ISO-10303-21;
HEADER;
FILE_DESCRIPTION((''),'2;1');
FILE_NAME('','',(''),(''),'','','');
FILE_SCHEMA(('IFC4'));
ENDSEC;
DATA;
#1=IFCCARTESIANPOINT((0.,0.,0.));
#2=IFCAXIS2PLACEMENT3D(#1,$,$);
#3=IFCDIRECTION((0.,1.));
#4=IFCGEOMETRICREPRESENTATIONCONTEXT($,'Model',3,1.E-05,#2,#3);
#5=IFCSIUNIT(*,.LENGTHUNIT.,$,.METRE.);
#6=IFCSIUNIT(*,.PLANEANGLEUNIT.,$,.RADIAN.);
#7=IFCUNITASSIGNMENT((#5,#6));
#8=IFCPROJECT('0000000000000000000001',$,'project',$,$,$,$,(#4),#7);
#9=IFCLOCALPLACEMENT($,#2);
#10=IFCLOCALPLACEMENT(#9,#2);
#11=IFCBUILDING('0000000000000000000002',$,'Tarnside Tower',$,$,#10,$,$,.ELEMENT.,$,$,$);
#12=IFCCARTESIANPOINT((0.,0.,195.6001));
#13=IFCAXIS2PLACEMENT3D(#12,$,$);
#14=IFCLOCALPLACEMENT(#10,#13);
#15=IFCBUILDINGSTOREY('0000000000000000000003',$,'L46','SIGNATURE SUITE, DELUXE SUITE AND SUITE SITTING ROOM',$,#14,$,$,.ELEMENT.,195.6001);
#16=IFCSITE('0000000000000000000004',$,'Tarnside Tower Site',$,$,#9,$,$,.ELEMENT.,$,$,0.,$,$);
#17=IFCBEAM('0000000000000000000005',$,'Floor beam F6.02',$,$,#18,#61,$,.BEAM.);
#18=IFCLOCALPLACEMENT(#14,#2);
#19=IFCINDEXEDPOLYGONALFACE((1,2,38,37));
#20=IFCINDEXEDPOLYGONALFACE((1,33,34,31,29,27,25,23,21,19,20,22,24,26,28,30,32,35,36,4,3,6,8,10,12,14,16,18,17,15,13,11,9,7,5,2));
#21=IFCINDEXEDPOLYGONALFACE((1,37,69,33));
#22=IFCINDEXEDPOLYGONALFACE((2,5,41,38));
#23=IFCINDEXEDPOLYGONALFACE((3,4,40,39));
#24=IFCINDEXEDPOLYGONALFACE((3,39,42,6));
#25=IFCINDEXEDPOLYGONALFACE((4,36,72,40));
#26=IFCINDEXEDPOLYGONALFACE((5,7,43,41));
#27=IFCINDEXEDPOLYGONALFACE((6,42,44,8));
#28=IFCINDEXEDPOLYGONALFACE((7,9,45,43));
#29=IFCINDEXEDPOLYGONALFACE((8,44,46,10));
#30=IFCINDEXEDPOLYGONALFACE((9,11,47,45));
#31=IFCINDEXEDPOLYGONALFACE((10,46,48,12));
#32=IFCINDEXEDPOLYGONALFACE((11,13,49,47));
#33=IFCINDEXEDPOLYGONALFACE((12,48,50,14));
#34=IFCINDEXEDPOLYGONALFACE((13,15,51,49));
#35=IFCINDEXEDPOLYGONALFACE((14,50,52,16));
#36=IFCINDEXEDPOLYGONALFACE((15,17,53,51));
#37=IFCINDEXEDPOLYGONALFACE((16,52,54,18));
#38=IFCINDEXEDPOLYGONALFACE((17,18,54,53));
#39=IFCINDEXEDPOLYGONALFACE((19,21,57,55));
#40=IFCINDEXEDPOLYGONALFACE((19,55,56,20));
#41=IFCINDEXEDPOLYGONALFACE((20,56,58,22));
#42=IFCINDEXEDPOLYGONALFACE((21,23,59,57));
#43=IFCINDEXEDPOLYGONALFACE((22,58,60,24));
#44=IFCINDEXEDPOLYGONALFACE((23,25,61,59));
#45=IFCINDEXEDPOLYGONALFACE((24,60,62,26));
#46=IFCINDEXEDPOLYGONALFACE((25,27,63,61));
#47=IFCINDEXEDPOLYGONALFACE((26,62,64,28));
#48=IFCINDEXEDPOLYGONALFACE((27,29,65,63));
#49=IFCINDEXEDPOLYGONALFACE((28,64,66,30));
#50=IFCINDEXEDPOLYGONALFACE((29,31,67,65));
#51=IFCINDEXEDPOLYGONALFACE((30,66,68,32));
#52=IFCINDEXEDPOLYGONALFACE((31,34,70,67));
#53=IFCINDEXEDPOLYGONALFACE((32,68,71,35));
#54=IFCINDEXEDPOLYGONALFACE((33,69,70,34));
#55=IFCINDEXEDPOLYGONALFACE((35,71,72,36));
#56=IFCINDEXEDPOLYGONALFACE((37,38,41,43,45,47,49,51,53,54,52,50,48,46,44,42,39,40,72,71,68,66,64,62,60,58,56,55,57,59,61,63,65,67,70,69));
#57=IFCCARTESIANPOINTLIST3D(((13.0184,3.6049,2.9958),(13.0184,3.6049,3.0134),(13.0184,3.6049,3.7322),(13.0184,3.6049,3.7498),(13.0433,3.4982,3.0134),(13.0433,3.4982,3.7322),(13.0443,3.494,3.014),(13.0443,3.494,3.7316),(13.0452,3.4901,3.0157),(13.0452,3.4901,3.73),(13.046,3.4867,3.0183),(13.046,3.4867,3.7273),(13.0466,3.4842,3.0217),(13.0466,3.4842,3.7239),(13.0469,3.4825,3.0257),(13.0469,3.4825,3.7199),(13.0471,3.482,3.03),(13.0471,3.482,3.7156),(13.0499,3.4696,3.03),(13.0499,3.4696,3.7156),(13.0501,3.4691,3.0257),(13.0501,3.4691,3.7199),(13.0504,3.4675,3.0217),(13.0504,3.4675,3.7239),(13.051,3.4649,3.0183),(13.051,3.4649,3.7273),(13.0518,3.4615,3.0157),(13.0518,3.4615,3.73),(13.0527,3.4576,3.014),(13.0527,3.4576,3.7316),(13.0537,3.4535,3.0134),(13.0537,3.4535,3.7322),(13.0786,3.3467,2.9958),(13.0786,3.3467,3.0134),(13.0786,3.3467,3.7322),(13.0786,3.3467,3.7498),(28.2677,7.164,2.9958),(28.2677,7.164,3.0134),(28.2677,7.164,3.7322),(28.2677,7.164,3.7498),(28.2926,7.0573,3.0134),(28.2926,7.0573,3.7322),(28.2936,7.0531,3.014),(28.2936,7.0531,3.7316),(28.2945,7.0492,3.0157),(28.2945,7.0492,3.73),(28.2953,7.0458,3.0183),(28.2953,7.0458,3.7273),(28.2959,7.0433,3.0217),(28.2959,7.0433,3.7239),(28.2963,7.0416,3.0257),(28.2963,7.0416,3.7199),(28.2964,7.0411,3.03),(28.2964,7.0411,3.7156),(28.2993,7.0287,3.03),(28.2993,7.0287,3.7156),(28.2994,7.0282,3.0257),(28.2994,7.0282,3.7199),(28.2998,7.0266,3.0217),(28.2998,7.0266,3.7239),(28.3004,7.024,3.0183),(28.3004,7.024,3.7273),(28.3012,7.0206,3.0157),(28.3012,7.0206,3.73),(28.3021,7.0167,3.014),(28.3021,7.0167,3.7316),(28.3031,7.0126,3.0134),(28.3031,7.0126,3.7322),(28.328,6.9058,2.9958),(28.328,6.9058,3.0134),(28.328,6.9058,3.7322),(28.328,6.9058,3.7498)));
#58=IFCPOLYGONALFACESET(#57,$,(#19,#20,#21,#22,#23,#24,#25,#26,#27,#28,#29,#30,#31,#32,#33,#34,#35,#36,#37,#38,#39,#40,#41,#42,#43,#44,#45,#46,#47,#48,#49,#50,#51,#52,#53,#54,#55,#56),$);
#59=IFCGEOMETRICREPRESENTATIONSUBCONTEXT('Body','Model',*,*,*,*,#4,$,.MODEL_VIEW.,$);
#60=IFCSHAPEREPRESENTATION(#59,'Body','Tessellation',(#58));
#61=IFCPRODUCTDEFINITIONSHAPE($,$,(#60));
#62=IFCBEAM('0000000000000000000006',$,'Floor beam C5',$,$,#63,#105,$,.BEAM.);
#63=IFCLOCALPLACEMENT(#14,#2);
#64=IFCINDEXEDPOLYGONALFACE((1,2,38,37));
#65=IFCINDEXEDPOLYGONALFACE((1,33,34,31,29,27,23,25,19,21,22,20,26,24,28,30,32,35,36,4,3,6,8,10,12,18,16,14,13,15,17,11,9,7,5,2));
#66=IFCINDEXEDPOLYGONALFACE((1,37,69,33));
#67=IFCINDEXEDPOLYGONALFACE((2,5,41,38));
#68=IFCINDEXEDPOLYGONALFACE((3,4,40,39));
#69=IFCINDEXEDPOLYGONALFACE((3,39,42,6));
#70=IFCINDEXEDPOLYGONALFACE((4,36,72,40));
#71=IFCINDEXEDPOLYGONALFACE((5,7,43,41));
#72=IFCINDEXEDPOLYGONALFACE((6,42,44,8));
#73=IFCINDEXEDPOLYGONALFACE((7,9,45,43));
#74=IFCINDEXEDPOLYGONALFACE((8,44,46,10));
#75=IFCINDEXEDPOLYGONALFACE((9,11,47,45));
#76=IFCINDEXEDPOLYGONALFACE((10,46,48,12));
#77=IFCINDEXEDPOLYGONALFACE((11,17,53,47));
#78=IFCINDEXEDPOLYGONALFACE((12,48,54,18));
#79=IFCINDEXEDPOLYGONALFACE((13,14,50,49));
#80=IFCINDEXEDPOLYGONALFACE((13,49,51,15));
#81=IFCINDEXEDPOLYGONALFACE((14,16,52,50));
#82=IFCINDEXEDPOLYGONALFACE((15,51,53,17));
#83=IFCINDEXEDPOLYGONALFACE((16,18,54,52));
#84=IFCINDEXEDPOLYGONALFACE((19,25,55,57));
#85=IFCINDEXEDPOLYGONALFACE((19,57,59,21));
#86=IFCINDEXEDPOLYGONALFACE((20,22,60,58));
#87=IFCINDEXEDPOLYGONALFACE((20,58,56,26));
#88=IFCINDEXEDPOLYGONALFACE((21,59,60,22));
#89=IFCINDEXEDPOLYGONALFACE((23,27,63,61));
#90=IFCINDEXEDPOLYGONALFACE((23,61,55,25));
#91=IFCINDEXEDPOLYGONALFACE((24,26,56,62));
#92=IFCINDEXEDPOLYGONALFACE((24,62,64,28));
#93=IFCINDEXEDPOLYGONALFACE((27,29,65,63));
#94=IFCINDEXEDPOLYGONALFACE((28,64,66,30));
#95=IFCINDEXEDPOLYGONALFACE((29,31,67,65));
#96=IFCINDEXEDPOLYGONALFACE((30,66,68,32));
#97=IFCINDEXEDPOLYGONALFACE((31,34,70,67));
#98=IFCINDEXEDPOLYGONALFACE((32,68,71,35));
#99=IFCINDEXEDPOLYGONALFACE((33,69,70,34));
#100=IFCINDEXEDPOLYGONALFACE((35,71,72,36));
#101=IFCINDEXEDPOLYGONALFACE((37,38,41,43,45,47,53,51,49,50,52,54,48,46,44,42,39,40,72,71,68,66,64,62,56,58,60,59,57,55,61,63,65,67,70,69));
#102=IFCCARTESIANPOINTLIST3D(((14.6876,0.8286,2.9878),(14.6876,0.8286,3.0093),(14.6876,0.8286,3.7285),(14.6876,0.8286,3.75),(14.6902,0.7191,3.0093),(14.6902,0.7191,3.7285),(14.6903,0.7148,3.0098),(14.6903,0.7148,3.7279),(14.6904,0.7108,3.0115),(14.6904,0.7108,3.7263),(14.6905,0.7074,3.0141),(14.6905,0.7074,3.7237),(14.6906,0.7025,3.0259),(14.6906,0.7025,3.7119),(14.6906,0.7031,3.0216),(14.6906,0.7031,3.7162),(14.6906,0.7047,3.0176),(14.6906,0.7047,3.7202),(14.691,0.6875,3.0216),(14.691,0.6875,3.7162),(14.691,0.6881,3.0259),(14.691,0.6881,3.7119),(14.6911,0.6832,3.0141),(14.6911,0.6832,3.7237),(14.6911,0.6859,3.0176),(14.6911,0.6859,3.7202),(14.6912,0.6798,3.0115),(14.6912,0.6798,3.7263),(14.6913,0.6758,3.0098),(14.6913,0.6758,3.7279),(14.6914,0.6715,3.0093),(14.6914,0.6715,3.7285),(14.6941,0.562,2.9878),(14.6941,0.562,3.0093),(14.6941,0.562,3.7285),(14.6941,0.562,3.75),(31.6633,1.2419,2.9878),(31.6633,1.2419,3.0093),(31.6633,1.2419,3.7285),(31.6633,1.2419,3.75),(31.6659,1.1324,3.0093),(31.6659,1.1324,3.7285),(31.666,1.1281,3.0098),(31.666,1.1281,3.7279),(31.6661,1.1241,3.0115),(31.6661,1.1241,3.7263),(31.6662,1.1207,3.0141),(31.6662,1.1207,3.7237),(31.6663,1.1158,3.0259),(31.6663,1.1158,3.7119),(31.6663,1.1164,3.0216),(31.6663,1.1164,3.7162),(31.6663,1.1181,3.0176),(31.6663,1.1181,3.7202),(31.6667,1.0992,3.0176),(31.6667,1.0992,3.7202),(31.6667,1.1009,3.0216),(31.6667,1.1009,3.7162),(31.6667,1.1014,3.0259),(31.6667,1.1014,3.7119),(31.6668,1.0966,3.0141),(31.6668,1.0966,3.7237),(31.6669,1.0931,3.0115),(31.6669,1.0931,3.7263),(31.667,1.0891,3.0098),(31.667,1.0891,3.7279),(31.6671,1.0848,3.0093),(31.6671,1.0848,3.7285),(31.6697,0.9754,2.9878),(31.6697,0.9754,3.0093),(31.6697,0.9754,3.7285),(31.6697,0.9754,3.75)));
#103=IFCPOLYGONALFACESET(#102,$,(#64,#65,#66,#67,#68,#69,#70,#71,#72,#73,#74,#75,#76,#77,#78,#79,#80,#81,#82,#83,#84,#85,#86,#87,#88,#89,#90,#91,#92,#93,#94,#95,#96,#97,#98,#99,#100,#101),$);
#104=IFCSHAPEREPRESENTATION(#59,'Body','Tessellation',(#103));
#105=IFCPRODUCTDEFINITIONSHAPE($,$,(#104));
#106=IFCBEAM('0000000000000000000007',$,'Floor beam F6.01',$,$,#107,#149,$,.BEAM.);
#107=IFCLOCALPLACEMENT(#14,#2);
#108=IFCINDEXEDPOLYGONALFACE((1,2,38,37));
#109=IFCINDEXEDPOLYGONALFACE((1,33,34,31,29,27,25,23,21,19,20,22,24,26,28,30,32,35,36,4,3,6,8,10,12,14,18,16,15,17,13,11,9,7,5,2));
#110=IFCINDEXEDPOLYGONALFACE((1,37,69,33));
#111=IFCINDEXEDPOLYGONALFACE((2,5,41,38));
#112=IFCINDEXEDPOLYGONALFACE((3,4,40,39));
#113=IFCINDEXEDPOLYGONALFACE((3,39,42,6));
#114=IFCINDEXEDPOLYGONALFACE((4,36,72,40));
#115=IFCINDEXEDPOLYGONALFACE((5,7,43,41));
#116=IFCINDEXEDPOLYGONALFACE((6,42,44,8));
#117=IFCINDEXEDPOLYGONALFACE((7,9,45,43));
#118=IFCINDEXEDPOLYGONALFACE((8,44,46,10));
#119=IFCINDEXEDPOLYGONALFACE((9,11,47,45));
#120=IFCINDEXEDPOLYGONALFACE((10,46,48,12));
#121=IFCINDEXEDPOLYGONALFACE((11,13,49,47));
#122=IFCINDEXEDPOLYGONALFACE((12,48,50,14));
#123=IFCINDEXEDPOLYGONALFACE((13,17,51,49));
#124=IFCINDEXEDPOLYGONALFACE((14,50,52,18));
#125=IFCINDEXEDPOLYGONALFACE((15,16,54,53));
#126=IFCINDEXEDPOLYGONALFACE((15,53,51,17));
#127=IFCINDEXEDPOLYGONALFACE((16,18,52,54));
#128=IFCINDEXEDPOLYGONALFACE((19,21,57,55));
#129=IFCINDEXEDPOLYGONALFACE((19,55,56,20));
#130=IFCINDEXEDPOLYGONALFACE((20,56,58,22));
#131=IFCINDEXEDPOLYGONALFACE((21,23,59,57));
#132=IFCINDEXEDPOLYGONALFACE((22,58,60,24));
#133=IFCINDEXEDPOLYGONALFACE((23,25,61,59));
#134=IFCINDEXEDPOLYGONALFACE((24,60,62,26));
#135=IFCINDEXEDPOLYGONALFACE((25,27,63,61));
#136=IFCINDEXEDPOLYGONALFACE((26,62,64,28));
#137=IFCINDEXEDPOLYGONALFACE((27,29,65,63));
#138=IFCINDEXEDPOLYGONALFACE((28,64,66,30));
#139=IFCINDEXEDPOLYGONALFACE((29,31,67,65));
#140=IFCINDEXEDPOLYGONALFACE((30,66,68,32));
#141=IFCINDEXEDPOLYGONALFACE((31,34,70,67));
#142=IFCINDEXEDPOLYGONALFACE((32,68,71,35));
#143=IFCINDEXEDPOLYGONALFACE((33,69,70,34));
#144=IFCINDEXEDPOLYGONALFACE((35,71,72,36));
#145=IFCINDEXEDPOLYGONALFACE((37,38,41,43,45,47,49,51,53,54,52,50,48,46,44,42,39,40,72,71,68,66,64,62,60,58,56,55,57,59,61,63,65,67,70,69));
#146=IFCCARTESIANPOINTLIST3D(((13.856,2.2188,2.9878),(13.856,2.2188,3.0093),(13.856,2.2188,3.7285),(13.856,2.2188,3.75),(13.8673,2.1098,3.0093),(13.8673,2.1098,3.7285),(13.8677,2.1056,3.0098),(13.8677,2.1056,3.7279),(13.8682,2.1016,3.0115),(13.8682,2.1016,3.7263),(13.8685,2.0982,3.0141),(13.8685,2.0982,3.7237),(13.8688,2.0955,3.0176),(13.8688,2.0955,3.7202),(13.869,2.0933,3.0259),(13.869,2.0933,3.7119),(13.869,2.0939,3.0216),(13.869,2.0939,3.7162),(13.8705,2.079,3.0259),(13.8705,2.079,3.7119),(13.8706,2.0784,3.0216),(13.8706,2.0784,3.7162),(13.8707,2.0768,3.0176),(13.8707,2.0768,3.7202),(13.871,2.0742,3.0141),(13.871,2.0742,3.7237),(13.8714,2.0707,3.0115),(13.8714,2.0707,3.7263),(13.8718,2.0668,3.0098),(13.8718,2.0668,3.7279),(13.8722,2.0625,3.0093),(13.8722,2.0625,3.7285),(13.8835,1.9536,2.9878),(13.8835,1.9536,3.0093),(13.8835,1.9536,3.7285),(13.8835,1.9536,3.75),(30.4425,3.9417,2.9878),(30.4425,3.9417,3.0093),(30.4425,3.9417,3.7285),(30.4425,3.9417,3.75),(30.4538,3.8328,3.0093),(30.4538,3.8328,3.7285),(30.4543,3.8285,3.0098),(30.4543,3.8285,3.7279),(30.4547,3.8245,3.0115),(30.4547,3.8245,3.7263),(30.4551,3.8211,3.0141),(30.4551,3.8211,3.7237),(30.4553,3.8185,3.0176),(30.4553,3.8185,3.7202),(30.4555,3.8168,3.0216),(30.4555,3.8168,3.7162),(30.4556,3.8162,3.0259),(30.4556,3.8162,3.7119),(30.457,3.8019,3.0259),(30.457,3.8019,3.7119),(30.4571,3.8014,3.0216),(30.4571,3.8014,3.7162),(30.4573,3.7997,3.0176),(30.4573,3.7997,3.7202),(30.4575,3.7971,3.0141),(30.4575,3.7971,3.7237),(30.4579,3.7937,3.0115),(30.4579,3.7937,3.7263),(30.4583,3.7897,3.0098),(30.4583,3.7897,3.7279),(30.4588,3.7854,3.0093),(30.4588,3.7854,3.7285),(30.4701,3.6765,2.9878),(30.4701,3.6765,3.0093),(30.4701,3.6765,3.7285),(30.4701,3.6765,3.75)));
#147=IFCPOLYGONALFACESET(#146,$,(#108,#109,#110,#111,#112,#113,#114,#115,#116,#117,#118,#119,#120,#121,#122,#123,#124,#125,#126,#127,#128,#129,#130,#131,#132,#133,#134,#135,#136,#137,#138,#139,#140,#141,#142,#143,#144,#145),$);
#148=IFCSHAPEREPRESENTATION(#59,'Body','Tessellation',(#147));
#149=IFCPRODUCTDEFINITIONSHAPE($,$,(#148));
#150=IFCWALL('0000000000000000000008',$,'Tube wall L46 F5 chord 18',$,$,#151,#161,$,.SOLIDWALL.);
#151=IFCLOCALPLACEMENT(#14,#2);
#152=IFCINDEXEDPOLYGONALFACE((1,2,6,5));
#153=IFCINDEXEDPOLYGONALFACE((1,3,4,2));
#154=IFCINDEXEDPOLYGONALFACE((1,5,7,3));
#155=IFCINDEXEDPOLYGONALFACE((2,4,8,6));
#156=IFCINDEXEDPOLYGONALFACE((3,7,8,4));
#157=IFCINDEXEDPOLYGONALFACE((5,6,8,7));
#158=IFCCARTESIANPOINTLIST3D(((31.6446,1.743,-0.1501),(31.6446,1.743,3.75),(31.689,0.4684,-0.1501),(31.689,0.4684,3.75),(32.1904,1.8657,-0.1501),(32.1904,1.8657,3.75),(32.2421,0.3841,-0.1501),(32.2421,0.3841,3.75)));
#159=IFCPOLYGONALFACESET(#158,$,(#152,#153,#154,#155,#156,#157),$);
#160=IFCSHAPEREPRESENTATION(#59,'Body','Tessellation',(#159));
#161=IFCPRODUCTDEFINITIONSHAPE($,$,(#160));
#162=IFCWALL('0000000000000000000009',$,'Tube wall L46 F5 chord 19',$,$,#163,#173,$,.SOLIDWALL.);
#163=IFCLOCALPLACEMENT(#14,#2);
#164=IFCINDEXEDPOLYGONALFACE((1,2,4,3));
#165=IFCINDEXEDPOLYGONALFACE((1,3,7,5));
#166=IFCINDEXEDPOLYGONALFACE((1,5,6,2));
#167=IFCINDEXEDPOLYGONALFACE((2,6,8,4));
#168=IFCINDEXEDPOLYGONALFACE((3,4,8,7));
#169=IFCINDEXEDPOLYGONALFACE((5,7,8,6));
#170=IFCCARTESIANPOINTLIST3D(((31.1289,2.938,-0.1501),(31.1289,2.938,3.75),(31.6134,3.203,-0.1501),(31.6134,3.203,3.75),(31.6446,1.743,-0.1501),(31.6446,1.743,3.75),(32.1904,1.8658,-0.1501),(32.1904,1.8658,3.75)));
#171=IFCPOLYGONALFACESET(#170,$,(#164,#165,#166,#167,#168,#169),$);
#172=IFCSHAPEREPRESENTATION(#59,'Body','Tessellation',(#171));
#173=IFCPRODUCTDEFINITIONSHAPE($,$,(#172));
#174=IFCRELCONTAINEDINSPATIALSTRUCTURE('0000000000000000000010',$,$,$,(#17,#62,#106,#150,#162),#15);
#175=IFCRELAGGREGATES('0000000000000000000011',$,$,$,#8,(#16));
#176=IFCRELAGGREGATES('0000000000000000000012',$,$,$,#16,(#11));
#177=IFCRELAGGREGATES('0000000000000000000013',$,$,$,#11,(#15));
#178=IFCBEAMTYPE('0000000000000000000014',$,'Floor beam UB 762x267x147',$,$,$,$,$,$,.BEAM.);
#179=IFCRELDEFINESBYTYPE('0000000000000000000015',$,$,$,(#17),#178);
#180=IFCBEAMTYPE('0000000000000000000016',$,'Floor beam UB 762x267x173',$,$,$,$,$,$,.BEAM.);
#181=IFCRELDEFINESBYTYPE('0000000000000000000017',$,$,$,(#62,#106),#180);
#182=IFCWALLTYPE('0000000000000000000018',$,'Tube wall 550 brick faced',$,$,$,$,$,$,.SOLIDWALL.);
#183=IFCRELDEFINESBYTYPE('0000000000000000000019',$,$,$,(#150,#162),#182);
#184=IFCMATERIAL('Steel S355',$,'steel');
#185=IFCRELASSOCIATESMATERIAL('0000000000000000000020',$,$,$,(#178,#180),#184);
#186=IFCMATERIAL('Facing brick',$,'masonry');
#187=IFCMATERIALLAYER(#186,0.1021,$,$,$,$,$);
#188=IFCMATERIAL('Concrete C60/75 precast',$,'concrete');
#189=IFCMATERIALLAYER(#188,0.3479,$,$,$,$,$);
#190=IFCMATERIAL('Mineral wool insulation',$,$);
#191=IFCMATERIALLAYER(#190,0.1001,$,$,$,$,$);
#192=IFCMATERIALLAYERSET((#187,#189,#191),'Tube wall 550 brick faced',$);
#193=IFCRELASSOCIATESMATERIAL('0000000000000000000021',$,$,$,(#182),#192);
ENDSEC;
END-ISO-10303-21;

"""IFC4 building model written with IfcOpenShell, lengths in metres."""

from ifc_helpers import new_model, si_unit, direction, frame, origin, origin_2d, place, context, subcontext, project, spatial, polyline, i_section, outline, extrude, material, layer, layer_set, material_profile, profile_set, type_object, element, save


model = new_model("IFC4")

# Units and contexts
model_context = context("Model", 3, precision=1e-05, world=origin(), true_north=direction((0.0, 1.0)))
body_context = subcontext(model_context, "Body", "Model", "MODEL_VIEW")
ifc_project = project(units=[si_unit("LENGTHUNIT", "METRE"), si_unit("PLANEANGLEUNIT", "RADIAN")], contexts=[model_context])

# Site, building, storey
site_placement = place(None, origin())
site = spatial("IfcSite", under=ifc_project, at=site_placement, Name="Tarnside Tower Site", CompositionType="ELEMENT", RefElevation=0.0)
building_placement = place(site_placement, origin())
building = spatial("IfcBuilding", under=site, at=building_placement, Name="Tarnside Tower", CompositionType="ELEMENT")
storey_placement = place(building_placement, frame((0.0, 0.0, 195.6001)))
storey = spatial("IfcBuildingStorey", under=building, at=storey_placement, Name="L46", Description="SIGNATURE SUITE, DELUXE SUITE AND SUITE SITTING ROOM", CompositionType="ELEMENT", Elevation=195.6001)

# Beams
ifc_material_1 = material(Name="Steel S355", Category="steel")
ifc_material_profile_1 = material_profile(ifc_material_1, i_section(OverallWidth=0.2651, OverallDepth=0.7539, WebThickness=0.0127, FlangeThickness=0.0176, FilletRadius=0.0166, at=origin_2d()), Name="UB 762x267x147")
ifc_profile_set_1 = profile_set([ifc_material_profile_1], Name="Steel S355")
beam_type_1 = type_object("IfcBeamType", Name="Floor beam UB 762x267x147", PredefinedType="BEAM", material=ifc_profile_set_1)
beam_1_placement = place(storey_placement, frame((28.2979, 7.0349, 3.3728), z_axis=(-0.973828, -0.227285, 0.0), x_axis=(0.227285, -0.973828, 0.0)))
element("IfcBeam", 1, at=beam_1_placement, inside=storey, type_object=beam_type_1, Name="Floor beam F6.02", PredefinedType="BEAM", context=body_context, shape_type="SweptSolid", body=[
    extrude(i_section(OverallWidth=0.2651, OverallDepth=0.7539, WebThickness=0.0127, FlangeThickness=0.0176, FilletRadius=0.0166, at=origin_2d()), origin(), (0.0, 0.0, 1.0), 15.6592),
])
ifc_material_profile_2 = material_profile(ifc_material_1, i_section(OverallWidth=0.2666, OverallDepth=0.7622, WebThickness=0.0144, FlangeThickness=0.0215, FilletRadius=0.0166, at=origin_2d()), Name="UB 762x267x173")
ifc_profile_set_2 = profile_set([ifc_material_profile_2], Name="Steel S355")
beam_type_2 = type_object("IfcBeamType", Name="Floor beam UB 762x267x173", PredefinedType="BEAM", material=ifc_profile_set_2)
beam_2_placement = place(storey_placement, frame((31.6665, 1.1086, 3.3689), z_axis=(-0.999704, -0.024341, 0.0), x_axis=(0.024341, -0.999704, 0.0)))
element("IfcBeam", 2, at=beam_2_placement, inside=storey, type_object=beam_type_2, Name="Floor beam C5", PredefinedType="BEAM", context=body_context, shape_type="SweptSolid", body=[
    extrude(i_section(OverallWidth=0.2666, OverallDepth=0.7622, WebThickness=0.0144, FlangeThickness=0.0215, FilletRadius=0.0166, at=origin_2d()), origin(), (0.0, 0.0, 1.0), 16.9807),
])
beam_3_placement = place(storey_placement, frame((30.4563, 3.8091, 3.3689), z_axis=(-0.994648, -0.103318, 0.0), x_axis=(0.103318, -0.994648, 0.0)))
element("IfcBeam", 3, at=beam_3_placement, inside=storey, type_object=beam_type_2, Name="Floor beam F6.01", PredefinedType="BEAM", context=body_context, shape_type="SweptSolid", body=[
    extrude(i_section(OverallWidth=0.2666, OverallDepth=0.7622, WebThickness=0.0144, FlangeThickness=0.0215, FilletRadius=0.0166, at=origin_2d()), origin(), (0.0, 0.0, 1.0), 16.6758),
])

# Walls
ifc_material_2 = material(Name="Facing brick", Category="masonry")
ifc_layer_1 = layer(ifc_material_2, 0.1021)
ifc_material_3 = material(Name="Concrete C60/75 precast", Category="concrete")
ifc_layer_2 = layer(ifc_material_3, 0.3479)
ifc_material_4 = material(Name="Mineral wool insulation")
ifc_layer_3 = layer(ifc_material_4, 0.1001)
ifc_layer_set_1 = layer_set([ifc_layer_1, ifc_layer_2, ifc_layer_3], Name="Tube wall 550 brick faced")
wall_type = type_object("IfcWallType", Name="Tube wall 550 brick faced", PredefinedType="SOLIDWALL", material=ifc_layer_set_1)
wall_1_placement = place(storey_placement, frame((31.9656, 0.4263, -0.1501), z_axis=(0.0, 0.0, 1.0), x_axis=(-0.034877, 0.999392, 0.0)))
element("IfcWall", 4, at=wall_1_placement, inside=storey, type_object=wall_type, Name="Tube wall L46 F5 chord 18", PredefinedType="SOLIDWALL", context=body_context, shape_type="SweptSolid", body=[
    extrude(outline(polyline([(-0.0518, -0.2749), (1.4307, -0.2749), (1.3271, 0.2749), (0.0518, 0.2749), (-0.0518, -0.2749)])), origin(), (0.0, 0.0, 1.0), 3.9001),
])
wall_2_placement = place(storey_placement, frame((31.9175, 1.8044, -0.1501), z_axis=(0.0, 0.0, 1.0), x_axis=(-0.396226, 0.918153, 0.0)))
element("IfcWall", 5, at=wall_2_placement, inside=storey, type_object=wall_type, Name="Tube wall L46 F5 chord 19", PredefinedType="SOLIDWALL", context=body_context, shape_type="SweptSolid", body=[
    extrude(outline(polyline([(-0.0518, -0.2749), (1.4045, -0.2749), (1.3533, 0.2749), (0.0518, 0.2749), (-0.0518, -0.2749)])), origin(), (0.0, 0.0, 1.0), 3.9001),
])

save(model, "model.ifc")
